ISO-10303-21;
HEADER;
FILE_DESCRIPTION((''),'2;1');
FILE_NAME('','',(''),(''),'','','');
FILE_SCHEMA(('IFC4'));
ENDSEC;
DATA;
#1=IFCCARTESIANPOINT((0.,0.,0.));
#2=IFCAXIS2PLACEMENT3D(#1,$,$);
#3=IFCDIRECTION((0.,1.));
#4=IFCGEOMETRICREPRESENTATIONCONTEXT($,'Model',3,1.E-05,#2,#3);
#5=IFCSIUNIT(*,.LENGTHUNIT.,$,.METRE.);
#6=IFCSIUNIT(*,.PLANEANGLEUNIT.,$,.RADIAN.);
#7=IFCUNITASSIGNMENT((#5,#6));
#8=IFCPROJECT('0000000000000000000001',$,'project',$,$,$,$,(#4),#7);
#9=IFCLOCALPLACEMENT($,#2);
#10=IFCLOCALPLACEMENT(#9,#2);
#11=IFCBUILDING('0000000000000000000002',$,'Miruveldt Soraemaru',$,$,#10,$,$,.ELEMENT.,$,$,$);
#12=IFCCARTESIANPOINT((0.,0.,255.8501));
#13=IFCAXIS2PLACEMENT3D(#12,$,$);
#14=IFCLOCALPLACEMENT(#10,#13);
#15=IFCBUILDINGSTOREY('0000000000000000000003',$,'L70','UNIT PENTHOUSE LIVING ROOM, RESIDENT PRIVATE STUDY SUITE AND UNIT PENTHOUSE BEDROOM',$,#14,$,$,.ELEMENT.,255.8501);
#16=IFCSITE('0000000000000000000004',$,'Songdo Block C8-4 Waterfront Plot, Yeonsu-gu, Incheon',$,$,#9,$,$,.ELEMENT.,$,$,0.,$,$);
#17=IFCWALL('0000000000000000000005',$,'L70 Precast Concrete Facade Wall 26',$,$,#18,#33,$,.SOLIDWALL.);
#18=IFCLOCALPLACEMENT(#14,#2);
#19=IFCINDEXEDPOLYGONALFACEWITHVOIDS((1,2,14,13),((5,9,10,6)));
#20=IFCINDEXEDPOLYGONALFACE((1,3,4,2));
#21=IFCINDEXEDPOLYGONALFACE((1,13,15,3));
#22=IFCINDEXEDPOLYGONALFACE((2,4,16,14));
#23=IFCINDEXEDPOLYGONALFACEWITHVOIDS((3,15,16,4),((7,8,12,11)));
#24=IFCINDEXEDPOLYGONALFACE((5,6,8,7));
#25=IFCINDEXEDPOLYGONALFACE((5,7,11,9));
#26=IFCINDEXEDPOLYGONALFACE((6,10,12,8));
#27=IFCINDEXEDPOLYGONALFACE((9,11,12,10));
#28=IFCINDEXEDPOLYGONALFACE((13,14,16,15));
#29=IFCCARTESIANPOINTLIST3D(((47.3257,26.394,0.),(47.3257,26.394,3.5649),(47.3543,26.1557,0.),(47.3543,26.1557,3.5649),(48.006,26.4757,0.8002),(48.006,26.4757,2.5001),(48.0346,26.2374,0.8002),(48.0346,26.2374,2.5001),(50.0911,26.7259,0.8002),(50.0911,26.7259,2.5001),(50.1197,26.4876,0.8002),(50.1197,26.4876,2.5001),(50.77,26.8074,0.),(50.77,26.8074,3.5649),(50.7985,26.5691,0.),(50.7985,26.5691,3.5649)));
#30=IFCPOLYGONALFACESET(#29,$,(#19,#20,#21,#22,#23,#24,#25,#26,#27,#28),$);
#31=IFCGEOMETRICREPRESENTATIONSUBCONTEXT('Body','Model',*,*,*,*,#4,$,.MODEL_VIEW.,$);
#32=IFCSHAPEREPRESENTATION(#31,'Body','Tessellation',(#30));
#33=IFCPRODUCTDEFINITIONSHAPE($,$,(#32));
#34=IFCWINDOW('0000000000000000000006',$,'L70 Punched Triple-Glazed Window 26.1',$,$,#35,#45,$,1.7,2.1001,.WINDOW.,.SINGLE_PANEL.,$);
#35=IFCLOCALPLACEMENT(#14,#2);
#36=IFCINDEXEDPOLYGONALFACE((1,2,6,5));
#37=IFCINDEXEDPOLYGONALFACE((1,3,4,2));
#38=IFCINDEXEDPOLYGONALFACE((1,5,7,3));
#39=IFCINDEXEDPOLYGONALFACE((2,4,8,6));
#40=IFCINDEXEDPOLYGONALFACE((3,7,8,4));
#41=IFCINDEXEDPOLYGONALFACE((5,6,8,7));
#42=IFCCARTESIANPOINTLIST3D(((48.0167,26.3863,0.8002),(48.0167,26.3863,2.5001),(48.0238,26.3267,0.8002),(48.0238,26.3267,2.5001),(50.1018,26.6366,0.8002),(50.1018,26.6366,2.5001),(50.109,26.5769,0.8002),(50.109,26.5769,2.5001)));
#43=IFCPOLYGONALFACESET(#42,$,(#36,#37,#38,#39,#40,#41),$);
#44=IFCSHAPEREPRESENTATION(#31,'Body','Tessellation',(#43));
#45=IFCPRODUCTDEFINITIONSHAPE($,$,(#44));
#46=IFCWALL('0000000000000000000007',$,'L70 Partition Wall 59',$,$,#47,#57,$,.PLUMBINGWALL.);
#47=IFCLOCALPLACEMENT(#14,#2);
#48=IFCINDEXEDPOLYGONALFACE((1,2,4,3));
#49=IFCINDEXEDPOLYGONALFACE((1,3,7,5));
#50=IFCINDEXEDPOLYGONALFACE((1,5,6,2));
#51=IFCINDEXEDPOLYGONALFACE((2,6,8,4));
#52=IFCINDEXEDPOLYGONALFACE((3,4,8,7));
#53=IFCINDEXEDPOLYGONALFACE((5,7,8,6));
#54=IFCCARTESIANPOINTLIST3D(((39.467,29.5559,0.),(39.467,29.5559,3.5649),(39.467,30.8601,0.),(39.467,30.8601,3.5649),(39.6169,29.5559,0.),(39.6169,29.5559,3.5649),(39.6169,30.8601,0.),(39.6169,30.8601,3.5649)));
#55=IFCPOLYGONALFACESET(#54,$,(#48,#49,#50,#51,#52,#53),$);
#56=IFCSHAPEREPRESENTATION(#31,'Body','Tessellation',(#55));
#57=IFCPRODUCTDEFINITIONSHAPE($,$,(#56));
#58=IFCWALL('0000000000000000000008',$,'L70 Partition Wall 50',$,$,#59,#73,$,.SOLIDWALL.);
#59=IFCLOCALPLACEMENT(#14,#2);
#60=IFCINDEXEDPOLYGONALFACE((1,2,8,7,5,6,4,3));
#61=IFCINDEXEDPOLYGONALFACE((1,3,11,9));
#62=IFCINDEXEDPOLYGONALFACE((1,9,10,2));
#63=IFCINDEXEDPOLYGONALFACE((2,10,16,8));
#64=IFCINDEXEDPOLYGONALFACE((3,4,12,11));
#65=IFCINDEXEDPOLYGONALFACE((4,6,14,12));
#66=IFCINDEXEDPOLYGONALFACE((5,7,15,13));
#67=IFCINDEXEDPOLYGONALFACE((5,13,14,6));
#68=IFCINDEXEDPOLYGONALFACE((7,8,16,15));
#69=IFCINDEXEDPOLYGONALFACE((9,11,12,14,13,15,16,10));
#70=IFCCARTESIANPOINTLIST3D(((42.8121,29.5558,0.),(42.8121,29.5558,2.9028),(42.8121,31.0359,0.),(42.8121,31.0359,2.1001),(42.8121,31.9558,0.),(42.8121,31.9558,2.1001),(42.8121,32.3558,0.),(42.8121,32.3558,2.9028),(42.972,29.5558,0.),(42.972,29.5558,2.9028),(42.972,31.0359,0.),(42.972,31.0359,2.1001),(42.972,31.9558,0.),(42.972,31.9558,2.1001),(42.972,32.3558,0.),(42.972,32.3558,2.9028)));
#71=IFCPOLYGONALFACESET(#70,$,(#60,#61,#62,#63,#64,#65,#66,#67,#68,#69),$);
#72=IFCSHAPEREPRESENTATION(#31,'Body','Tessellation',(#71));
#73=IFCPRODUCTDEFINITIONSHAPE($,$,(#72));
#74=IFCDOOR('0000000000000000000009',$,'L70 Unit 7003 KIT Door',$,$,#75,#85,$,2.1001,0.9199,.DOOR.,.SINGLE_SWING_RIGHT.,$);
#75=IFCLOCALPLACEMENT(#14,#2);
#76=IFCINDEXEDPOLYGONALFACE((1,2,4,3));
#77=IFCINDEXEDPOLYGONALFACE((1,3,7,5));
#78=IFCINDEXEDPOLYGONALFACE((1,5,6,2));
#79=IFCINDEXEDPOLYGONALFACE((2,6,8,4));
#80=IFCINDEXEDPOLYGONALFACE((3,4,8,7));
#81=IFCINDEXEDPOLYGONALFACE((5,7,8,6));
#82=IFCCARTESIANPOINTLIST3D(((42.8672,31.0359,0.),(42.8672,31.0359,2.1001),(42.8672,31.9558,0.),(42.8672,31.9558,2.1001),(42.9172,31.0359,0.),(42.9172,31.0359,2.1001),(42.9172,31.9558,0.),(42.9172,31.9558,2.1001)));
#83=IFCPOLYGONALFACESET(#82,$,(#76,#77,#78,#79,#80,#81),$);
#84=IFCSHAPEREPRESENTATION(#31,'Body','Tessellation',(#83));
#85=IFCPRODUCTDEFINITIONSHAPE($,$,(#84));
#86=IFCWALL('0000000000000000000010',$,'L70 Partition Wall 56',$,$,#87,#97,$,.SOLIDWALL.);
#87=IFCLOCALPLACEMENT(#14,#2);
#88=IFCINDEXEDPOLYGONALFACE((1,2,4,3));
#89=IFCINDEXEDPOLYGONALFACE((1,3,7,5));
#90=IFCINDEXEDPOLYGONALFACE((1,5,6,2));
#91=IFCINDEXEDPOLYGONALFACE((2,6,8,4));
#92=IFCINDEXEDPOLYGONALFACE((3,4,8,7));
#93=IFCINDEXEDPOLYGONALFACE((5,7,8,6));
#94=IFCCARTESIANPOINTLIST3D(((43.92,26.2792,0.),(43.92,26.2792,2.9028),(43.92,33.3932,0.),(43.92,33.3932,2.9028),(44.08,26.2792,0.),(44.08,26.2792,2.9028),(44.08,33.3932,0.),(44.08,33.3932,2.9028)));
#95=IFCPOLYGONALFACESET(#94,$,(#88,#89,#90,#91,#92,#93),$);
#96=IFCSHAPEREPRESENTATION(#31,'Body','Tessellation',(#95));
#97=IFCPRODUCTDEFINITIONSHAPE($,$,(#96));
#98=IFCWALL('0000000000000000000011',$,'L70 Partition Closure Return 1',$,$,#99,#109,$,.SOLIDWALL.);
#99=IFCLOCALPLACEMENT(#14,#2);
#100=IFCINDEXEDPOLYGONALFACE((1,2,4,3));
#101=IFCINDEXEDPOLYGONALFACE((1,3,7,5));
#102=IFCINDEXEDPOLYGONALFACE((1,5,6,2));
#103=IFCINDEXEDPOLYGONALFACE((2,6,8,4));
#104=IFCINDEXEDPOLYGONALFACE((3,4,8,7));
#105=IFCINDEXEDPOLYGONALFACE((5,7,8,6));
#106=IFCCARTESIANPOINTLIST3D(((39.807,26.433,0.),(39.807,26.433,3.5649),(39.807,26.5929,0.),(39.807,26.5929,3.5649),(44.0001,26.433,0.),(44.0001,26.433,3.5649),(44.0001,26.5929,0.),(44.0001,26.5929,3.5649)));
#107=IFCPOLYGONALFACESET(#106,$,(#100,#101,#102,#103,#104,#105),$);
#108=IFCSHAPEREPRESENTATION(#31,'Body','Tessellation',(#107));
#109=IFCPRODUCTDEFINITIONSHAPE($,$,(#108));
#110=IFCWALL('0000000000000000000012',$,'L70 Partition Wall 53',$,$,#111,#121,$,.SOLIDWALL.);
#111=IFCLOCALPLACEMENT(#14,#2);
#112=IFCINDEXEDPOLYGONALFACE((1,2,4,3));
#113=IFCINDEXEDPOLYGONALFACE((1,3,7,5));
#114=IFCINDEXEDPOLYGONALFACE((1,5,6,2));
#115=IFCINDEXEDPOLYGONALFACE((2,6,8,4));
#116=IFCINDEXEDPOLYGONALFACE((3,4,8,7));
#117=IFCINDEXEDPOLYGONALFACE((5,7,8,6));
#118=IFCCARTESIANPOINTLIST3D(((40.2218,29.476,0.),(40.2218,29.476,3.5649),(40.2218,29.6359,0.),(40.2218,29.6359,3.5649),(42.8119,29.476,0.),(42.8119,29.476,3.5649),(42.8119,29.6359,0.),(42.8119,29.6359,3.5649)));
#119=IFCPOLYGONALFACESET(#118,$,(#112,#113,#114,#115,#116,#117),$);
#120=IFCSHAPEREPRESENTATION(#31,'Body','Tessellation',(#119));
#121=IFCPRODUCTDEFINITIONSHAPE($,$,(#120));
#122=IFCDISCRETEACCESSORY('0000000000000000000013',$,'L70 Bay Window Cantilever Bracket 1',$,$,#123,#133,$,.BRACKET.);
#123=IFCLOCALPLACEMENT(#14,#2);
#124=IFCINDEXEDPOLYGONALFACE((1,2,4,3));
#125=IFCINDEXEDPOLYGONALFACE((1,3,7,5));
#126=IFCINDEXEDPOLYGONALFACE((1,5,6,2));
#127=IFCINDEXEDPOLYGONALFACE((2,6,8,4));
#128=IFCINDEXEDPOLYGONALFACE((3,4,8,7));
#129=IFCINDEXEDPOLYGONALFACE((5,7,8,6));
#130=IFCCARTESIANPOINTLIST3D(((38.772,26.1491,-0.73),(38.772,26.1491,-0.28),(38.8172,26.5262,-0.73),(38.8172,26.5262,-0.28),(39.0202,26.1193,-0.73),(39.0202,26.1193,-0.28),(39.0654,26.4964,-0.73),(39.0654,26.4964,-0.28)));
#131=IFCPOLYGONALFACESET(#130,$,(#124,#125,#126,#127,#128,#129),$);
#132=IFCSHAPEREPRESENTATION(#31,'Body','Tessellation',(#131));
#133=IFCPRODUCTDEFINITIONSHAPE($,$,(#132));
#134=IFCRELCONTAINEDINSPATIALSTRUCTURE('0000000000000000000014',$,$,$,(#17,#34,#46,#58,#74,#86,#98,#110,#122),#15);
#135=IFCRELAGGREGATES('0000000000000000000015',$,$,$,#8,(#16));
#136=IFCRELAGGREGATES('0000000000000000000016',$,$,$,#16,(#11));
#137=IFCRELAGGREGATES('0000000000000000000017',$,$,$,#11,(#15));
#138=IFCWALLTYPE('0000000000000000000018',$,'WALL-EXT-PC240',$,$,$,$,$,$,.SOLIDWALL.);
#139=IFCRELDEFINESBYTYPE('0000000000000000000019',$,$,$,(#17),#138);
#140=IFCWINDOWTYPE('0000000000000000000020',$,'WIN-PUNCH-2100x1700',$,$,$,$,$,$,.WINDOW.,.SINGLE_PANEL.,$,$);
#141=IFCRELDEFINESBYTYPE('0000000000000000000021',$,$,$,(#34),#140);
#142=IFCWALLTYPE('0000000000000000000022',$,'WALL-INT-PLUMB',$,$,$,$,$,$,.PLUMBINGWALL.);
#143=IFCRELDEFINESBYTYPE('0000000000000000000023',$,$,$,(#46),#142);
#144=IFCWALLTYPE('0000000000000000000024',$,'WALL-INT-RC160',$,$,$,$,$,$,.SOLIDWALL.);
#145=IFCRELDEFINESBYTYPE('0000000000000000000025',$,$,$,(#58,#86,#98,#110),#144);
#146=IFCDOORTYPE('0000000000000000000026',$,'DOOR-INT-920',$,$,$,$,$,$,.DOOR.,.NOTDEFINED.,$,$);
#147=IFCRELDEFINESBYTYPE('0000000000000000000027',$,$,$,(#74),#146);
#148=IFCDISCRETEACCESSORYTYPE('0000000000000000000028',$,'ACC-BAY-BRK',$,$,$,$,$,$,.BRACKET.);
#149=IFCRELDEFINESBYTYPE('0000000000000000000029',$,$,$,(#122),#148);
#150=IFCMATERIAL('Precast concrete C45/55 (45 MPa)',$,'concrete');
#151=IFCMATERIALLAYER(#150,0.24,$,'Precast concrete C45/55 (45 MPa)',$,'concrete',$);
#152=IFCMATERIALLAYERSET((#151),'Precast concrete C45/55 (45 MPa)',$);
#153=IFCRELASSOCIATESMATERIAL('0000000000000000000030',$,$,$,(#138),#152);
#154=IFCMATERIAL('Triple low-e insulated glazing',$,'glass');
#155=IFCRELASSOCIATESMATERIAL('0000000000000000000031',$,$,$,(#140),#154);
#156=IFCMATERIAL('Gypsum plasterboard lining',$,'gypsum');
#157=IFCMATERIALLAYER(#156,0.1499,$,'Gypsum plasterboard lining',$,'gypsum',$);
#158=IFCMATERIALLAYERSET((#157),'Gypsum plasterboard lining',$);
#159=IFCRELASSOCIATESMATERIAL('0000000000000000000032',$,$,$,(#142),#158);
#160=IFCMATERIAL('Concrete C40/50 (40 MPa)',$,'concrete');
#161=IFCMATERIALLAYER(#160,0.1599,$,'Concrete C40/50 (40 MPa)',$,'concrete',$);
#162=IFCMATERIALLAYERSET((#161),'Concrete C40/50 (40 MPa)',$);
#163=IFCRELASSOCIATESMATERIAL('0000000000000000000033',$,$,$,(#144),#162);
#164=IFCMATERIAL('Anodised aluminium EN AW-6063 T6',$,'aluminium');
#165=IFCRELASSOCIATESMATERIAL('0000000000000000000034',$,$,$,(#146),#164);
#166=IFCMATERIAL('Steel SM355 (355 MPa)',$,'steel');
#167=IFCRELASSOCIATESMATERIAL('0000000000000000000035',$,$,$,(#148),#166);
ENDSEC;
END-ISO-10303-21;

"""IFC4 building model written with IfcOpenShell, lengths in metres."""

from ifc_helpers import new_model, si_unit, direction, frame, frame_2d, origin, origin_2d, place, context, subcontext, project, spatial, rectangle, extrude, material, layer, layer_set, type_object, element, fill, save


model = new_model("IFC4")

# Units and contexts
model_context = context("Model", 3, precision=1e-05, world=origin(), true_north=direction((0.0, 1.0)))
body_context = subcontext(model_context, "Body", "Model", "MODEL_VIEW")
ifc_project = project(units=[si_unit("LENGTHUNIT", "METRE"), si_unit("PLANEANGLEUNIT", "RADIAN")], contexts=[model_context])

# Site, building, storey
site_placement = place(None, origin())
site = spatial("IfcSite", under=ifc_project, at=site_placement, Name="Songdo Block C8-4 Waterfront Plot, Yeonsu-gu, Incheon", CompositionType="ELEMENT", RefElevation=0.0)
building_placement = place(site_placement, origin())
building = spatial("IfcBuilding", under=site, at=building_placement, Name="Miruveldt Soraemaru", CompositionType="ELEMENT")
storey_placement = place(building_placement, frame((0.0, 0.0, 255.8501)))
storey = spatial("IfcBuildingStorey", under=building, at=storey_placement, Name="L70", Description="UNIT PENTHOUSE LIVING ROOM, RESIDENT PRIVATE STUDY SUITE AND UNIT PENTHOUSE BEDROOM", CompositionType="ELEMENT", Elevation=255.8501)

# Shared definitions
ifc_material_1 = material(Name="Steel SM355 (355 MPa)", Category="steel")

# Shared definitions
ifc_material_2 = material(Name="Precast concrete C45/55 (45 MPa)", Category="concrete")
ifc_layer_1 = layer(ifc_material_2, 0.24, Name="Precast concrete C45/55 (45 MPa)", Category="concrete")
ifc_layer_set_1 = layer_set([ifc_layer_1], Name="Precast concrete C45/55 (45 MPa)")
wall_type_1 = type_object("IfcWallType", Name="WALL-EXT-PC240", PredefinedType="SOLIDWALL", material=ifc_layer_set_1)

# Wall, opening, window
ifc_material_3 = material(Name="Triple low-e insulated glazing", Category="glass")
window_type = type_object("IfcWindowType", Name="WIN-PUNCH-2100x1700", PartitioningType="SINGLE_PANEL", PredefinedType="WINDOW", material=ifc_material_3)
wall_1_placement = place(storey_placement, frame((47.3401, 26.2749, 0.0), z_axis=(0.0, 0.0, 1.0), x_axis=(0.992877, 0.119148, 0.0)))
wall_1 = element("IfcWall", 1, at=wall_1_placement, inside=storey, type_object=wall_type_1, Name="L70 Precast Concrete Facade Wall 26", PredefinedType="SOLIDWALL", context=body_context, shape_type="SweptSolid", body=[
    extrude(rectangle(XDim=3.469, YDim=0.24, at=frame_2d((1.7344, 0.0))), origin(), (0.0, 0.0, 1.0), 3.5649),
])
opening_1_placement = place(wall_1_placement, frame((0.6851, 0.0, 0.8)))
opening_1 = element("IfcOpeningElement", 2, at=opening_1_placement, cuts=wall_1, PredefinedType="OPENING", context=body_context, shape_type="SweptSolid", body=[
    extrude(rectangle(XDim=2.1001, YDim=1.7, at=frame_2d((1.05, 0.8501))), frame((0.0, 0.1299, 0.0), z_axis=(0.0, -1.0, 0.0), x_axis=(1.0, 0.0, 0.0)), (0.0, 0.0, 1.0), 0.26),
])
window_1_placement = place(opening_1_placement, origin())
window_1 = element("IfcWindow", 3, at=window_1_placement, inside=storey, type_object=window_type, Name="L70 Punched Triple-Glazed Window 26.1", OverallHeight=1.7, OverallWidth=2.1001, PartitioningType="SINGLE_PANEL", PredefinedType="WINDOW", context=body_context, shape_type="SweptSolid", body=[
    extrude(rectangle(XDim=2.1001, YDim=1.7, at=frame_2d((1.05, 0.8501))), frame((0.0, 0.03, 0.0), z_axis=(0.0, -1.0, 0.0), x_axis=(1.0, 0.0, 0.0)), (0.0, 0.0, 1.0), 0.0601),
])
fill(opening_1, window_1)

# Wall
ifc_material_4 = material(Name="Gypsum plasterboard lining", Category="gypsum")
ifc_layer_2 = layer(ifc_material_4, 0.1499, Name="Gypsum plasterboard lining", Category="gypsum")
ifc_layer_set_2 = layer_set([ifc_layer_2], Name="Gypsum plasterboard lining")
wall_type_2 = type_object("IfcWallType", Name="WALL-INT-PLUMB", PredefinedType="PLUMBINGWALL", material=ifc_layer_set_2)
wall_2_placement = place(storey_placement, frame((39.542, 29.5559, 0.0), z_axis=(0.0, 0.0, 1.0), x_axis=(0.0, 1.0, 0.0)))
element("IfcWall", 4, at=wall_2_placement, inside=storey, type_object=wall_type_2, Name="L70 Partition Wall 59", PredefinedType="PLUMBINGWALL", context=body_context, shape_type="SweptSolid", body=[
    extrude(rectangle(XDim=1.3042, YDim=0.1499, at=frame_2d((0.6521, 0.0))), origin(), (0.0, 0.0, 1.0), 3.5649),
])

# Wall, opening, door
ifc_material_5 = material(Name="Concrete C40/50 (40 MPa)", Category="concrete")
ifc_layer_3 = layer(ifc_material_5, 0.1599, Name="Concrete C40/50 (40 MPa)", Category="concrete")
ifc_layer_set_3 = layer_set([ifc_layer_3], Name="Concrete C40/50 (40 MPa)")
wall_type_3 = type_object("IfcWallType", Name="WALL-INT-RC160", PredefinedType="SOLIDWALL", material=ifc_layer_set_3)
wall_3_placement = place(storey_placement, frame((42.8921, 29.5559, 0.0), z_axis=(0.0, 0.0, 1.0), x_axis=(0.0, 1.0, 0.0)))
wall_3 = element("IfcWall", 5, at=wall_3_placement, inside=storey, type_object=wall_type_3, Name="L70 Partition Wall 50", PredefinedType="SOLIDWALL", context=body_context, shape_type="SweptSolid", body=[
    extrude(rectangle(XDim=2.8, YDim=0.1599, at=frame_2d((1.3999, 0.0))), origin(), (0.0, 0.0, 1.0), 2.9028),
])
opening_2_placement = place(wall_3_placement, frame((1.48, 0.0, 0.0)))
opening_2 = element("IfcOpeningElement", 6, at=opening_2_placement, cuts=wall_3, PredefinedType="OPENING", context=body_context, shape_type="SweptSolid", body=[
    extrude(rectangle(XDim=0.9199, YDim=2.1001, at=frame_2d((0.46, 1.05))), frame((0.0, 0.0898, 0.0), z_axis=(0.0, -1.0, 0.0), x_axis=(1.0, 0.0, 0.0)), (0.0, 0.0, 1.0), 0.1799),
])
ifc_material_6 = material(Name="Anodised aluminium EN AW-6063 T6", Category="aluminium")
door_type = type_object("IfcDoorType", Name="DOOR-INT-920", OperationType="NOTDEFINED", PredefinedType="DOOR", material=ifc_material_6)
door_placement = place(opening_2_placement, origin())
door = element("IfcDoor", 7, at=door_placement, inside=storey, type_object=door_type, Name="L70 Unit 7003 KIT Door", OperationType="SINGLE_SWING_RIGHT", OverallHeight=2.1001, OverallWidth=0.9199, PredefinedType="DOOR", context=body_context, shape_type="SweptSolid", body=[
    extrude(rectangle(XDim=0.9199, YDim=2.1001, at=frame_2d((0.46, 1.05))), frame((0.0, 0.0249, 0.0), z_axis=(0.0, -1.0, 0.0), x_axis=(1.0, 0.0, 0.0)), (0.0, 0.0, 1.0), 0.05),
])
fill(opening_2, door)

# Walls
wall_4_placement = place(storey_placement, frame((44.0, 26.2791, 0.0), z_axis=(0.0, 0.0, 1.0), x_axis=(0.0, 1.0, 0.0)))
element("IfcWall", 8, at=wall_4_placement, inside=storey, type_object=wall_type_3, Name="L70 Partition Wall 56", PredefinedType="SOLIDWALL", context=body_context, shape_type="SweptSolid", body=[
    extrude(rectangle(XDim=7.114, YDim=0.1599, at=frame_2d((3.5571, 0.0))), origin(), (0.0, 0.0, 1.0), 2.9028),
])
wall_5_placement = place(storey_placement, frame((39.8069, 26.5129, 0.0), z_axis=(0.0, 0.0, 1.0), x_axis=(1.0, 0.0, 0.0)))
element("IfcWall", 9, at=wall_5_placement, inside=storey, type_object=wall_type_3, Name="L70 Partition Closure Return 1", PredefinedType="SOLIDWALL", context=body_context, shape_type="SweptSolid", body=[
    extrude(rectangle(XDim=4.1931, YDim=0.1599, at=frame_2d((2.0967, 0.0))), origin(), (0.0, 0.0, 1.0), 3.5649),
])
wall_6_placement = place(storey_placement, frame((40.2219, 29.5559, 0.0), z_axis=(0.0, 0.0, 1.0), x_axis=(1.0, 0.0, 0.0)))
element("IfcWall", 10, at=wall_6_placement, inside=storey, type_object=wall_type_3, Name="L70 Partition Wall 53", PredefinedType="SOLIDWALL", context=body_context, shape_type="SweptSolid", body=[
    extrude(rectangle(XDim=2.5901, YDim=0.1599, at=frame_2d((1.2949, 0.0))), origin(), (0.0, 0.0, 1.0), 3.5649),
])

# Discrete accessory
discrete_accessory_type = type_object("IfcDiscreteAccessoryType", Name="ACC-BAY-BRK", PredefinedType="BRACKET", material=ifc_material_1)
discrete_accessory_placement = place(storey_placement, frame((38.9187, 26.3228, -0.73), z_axis=(0.0, 0.0, 1.0), x_axis=(-0.119149, -0.992876, 0.0)))
element("IfcDiscreteAccessory", 11, at=discrete_accessory_placement, inside=storey, type_object=discrete_accessory_type, Name="L70 Bay Window Cantilever Bracket 1", PredefinedType="BRACKET", context=body_context, shape_type="SweptSolid", body=[
    extrude(rectangle(XDim=0.3799, YDim=0.25, at=origin_2d()), origin(), (0.0, 0.0, 1.0), 0.45),
])

save(model, "model.ifc")
